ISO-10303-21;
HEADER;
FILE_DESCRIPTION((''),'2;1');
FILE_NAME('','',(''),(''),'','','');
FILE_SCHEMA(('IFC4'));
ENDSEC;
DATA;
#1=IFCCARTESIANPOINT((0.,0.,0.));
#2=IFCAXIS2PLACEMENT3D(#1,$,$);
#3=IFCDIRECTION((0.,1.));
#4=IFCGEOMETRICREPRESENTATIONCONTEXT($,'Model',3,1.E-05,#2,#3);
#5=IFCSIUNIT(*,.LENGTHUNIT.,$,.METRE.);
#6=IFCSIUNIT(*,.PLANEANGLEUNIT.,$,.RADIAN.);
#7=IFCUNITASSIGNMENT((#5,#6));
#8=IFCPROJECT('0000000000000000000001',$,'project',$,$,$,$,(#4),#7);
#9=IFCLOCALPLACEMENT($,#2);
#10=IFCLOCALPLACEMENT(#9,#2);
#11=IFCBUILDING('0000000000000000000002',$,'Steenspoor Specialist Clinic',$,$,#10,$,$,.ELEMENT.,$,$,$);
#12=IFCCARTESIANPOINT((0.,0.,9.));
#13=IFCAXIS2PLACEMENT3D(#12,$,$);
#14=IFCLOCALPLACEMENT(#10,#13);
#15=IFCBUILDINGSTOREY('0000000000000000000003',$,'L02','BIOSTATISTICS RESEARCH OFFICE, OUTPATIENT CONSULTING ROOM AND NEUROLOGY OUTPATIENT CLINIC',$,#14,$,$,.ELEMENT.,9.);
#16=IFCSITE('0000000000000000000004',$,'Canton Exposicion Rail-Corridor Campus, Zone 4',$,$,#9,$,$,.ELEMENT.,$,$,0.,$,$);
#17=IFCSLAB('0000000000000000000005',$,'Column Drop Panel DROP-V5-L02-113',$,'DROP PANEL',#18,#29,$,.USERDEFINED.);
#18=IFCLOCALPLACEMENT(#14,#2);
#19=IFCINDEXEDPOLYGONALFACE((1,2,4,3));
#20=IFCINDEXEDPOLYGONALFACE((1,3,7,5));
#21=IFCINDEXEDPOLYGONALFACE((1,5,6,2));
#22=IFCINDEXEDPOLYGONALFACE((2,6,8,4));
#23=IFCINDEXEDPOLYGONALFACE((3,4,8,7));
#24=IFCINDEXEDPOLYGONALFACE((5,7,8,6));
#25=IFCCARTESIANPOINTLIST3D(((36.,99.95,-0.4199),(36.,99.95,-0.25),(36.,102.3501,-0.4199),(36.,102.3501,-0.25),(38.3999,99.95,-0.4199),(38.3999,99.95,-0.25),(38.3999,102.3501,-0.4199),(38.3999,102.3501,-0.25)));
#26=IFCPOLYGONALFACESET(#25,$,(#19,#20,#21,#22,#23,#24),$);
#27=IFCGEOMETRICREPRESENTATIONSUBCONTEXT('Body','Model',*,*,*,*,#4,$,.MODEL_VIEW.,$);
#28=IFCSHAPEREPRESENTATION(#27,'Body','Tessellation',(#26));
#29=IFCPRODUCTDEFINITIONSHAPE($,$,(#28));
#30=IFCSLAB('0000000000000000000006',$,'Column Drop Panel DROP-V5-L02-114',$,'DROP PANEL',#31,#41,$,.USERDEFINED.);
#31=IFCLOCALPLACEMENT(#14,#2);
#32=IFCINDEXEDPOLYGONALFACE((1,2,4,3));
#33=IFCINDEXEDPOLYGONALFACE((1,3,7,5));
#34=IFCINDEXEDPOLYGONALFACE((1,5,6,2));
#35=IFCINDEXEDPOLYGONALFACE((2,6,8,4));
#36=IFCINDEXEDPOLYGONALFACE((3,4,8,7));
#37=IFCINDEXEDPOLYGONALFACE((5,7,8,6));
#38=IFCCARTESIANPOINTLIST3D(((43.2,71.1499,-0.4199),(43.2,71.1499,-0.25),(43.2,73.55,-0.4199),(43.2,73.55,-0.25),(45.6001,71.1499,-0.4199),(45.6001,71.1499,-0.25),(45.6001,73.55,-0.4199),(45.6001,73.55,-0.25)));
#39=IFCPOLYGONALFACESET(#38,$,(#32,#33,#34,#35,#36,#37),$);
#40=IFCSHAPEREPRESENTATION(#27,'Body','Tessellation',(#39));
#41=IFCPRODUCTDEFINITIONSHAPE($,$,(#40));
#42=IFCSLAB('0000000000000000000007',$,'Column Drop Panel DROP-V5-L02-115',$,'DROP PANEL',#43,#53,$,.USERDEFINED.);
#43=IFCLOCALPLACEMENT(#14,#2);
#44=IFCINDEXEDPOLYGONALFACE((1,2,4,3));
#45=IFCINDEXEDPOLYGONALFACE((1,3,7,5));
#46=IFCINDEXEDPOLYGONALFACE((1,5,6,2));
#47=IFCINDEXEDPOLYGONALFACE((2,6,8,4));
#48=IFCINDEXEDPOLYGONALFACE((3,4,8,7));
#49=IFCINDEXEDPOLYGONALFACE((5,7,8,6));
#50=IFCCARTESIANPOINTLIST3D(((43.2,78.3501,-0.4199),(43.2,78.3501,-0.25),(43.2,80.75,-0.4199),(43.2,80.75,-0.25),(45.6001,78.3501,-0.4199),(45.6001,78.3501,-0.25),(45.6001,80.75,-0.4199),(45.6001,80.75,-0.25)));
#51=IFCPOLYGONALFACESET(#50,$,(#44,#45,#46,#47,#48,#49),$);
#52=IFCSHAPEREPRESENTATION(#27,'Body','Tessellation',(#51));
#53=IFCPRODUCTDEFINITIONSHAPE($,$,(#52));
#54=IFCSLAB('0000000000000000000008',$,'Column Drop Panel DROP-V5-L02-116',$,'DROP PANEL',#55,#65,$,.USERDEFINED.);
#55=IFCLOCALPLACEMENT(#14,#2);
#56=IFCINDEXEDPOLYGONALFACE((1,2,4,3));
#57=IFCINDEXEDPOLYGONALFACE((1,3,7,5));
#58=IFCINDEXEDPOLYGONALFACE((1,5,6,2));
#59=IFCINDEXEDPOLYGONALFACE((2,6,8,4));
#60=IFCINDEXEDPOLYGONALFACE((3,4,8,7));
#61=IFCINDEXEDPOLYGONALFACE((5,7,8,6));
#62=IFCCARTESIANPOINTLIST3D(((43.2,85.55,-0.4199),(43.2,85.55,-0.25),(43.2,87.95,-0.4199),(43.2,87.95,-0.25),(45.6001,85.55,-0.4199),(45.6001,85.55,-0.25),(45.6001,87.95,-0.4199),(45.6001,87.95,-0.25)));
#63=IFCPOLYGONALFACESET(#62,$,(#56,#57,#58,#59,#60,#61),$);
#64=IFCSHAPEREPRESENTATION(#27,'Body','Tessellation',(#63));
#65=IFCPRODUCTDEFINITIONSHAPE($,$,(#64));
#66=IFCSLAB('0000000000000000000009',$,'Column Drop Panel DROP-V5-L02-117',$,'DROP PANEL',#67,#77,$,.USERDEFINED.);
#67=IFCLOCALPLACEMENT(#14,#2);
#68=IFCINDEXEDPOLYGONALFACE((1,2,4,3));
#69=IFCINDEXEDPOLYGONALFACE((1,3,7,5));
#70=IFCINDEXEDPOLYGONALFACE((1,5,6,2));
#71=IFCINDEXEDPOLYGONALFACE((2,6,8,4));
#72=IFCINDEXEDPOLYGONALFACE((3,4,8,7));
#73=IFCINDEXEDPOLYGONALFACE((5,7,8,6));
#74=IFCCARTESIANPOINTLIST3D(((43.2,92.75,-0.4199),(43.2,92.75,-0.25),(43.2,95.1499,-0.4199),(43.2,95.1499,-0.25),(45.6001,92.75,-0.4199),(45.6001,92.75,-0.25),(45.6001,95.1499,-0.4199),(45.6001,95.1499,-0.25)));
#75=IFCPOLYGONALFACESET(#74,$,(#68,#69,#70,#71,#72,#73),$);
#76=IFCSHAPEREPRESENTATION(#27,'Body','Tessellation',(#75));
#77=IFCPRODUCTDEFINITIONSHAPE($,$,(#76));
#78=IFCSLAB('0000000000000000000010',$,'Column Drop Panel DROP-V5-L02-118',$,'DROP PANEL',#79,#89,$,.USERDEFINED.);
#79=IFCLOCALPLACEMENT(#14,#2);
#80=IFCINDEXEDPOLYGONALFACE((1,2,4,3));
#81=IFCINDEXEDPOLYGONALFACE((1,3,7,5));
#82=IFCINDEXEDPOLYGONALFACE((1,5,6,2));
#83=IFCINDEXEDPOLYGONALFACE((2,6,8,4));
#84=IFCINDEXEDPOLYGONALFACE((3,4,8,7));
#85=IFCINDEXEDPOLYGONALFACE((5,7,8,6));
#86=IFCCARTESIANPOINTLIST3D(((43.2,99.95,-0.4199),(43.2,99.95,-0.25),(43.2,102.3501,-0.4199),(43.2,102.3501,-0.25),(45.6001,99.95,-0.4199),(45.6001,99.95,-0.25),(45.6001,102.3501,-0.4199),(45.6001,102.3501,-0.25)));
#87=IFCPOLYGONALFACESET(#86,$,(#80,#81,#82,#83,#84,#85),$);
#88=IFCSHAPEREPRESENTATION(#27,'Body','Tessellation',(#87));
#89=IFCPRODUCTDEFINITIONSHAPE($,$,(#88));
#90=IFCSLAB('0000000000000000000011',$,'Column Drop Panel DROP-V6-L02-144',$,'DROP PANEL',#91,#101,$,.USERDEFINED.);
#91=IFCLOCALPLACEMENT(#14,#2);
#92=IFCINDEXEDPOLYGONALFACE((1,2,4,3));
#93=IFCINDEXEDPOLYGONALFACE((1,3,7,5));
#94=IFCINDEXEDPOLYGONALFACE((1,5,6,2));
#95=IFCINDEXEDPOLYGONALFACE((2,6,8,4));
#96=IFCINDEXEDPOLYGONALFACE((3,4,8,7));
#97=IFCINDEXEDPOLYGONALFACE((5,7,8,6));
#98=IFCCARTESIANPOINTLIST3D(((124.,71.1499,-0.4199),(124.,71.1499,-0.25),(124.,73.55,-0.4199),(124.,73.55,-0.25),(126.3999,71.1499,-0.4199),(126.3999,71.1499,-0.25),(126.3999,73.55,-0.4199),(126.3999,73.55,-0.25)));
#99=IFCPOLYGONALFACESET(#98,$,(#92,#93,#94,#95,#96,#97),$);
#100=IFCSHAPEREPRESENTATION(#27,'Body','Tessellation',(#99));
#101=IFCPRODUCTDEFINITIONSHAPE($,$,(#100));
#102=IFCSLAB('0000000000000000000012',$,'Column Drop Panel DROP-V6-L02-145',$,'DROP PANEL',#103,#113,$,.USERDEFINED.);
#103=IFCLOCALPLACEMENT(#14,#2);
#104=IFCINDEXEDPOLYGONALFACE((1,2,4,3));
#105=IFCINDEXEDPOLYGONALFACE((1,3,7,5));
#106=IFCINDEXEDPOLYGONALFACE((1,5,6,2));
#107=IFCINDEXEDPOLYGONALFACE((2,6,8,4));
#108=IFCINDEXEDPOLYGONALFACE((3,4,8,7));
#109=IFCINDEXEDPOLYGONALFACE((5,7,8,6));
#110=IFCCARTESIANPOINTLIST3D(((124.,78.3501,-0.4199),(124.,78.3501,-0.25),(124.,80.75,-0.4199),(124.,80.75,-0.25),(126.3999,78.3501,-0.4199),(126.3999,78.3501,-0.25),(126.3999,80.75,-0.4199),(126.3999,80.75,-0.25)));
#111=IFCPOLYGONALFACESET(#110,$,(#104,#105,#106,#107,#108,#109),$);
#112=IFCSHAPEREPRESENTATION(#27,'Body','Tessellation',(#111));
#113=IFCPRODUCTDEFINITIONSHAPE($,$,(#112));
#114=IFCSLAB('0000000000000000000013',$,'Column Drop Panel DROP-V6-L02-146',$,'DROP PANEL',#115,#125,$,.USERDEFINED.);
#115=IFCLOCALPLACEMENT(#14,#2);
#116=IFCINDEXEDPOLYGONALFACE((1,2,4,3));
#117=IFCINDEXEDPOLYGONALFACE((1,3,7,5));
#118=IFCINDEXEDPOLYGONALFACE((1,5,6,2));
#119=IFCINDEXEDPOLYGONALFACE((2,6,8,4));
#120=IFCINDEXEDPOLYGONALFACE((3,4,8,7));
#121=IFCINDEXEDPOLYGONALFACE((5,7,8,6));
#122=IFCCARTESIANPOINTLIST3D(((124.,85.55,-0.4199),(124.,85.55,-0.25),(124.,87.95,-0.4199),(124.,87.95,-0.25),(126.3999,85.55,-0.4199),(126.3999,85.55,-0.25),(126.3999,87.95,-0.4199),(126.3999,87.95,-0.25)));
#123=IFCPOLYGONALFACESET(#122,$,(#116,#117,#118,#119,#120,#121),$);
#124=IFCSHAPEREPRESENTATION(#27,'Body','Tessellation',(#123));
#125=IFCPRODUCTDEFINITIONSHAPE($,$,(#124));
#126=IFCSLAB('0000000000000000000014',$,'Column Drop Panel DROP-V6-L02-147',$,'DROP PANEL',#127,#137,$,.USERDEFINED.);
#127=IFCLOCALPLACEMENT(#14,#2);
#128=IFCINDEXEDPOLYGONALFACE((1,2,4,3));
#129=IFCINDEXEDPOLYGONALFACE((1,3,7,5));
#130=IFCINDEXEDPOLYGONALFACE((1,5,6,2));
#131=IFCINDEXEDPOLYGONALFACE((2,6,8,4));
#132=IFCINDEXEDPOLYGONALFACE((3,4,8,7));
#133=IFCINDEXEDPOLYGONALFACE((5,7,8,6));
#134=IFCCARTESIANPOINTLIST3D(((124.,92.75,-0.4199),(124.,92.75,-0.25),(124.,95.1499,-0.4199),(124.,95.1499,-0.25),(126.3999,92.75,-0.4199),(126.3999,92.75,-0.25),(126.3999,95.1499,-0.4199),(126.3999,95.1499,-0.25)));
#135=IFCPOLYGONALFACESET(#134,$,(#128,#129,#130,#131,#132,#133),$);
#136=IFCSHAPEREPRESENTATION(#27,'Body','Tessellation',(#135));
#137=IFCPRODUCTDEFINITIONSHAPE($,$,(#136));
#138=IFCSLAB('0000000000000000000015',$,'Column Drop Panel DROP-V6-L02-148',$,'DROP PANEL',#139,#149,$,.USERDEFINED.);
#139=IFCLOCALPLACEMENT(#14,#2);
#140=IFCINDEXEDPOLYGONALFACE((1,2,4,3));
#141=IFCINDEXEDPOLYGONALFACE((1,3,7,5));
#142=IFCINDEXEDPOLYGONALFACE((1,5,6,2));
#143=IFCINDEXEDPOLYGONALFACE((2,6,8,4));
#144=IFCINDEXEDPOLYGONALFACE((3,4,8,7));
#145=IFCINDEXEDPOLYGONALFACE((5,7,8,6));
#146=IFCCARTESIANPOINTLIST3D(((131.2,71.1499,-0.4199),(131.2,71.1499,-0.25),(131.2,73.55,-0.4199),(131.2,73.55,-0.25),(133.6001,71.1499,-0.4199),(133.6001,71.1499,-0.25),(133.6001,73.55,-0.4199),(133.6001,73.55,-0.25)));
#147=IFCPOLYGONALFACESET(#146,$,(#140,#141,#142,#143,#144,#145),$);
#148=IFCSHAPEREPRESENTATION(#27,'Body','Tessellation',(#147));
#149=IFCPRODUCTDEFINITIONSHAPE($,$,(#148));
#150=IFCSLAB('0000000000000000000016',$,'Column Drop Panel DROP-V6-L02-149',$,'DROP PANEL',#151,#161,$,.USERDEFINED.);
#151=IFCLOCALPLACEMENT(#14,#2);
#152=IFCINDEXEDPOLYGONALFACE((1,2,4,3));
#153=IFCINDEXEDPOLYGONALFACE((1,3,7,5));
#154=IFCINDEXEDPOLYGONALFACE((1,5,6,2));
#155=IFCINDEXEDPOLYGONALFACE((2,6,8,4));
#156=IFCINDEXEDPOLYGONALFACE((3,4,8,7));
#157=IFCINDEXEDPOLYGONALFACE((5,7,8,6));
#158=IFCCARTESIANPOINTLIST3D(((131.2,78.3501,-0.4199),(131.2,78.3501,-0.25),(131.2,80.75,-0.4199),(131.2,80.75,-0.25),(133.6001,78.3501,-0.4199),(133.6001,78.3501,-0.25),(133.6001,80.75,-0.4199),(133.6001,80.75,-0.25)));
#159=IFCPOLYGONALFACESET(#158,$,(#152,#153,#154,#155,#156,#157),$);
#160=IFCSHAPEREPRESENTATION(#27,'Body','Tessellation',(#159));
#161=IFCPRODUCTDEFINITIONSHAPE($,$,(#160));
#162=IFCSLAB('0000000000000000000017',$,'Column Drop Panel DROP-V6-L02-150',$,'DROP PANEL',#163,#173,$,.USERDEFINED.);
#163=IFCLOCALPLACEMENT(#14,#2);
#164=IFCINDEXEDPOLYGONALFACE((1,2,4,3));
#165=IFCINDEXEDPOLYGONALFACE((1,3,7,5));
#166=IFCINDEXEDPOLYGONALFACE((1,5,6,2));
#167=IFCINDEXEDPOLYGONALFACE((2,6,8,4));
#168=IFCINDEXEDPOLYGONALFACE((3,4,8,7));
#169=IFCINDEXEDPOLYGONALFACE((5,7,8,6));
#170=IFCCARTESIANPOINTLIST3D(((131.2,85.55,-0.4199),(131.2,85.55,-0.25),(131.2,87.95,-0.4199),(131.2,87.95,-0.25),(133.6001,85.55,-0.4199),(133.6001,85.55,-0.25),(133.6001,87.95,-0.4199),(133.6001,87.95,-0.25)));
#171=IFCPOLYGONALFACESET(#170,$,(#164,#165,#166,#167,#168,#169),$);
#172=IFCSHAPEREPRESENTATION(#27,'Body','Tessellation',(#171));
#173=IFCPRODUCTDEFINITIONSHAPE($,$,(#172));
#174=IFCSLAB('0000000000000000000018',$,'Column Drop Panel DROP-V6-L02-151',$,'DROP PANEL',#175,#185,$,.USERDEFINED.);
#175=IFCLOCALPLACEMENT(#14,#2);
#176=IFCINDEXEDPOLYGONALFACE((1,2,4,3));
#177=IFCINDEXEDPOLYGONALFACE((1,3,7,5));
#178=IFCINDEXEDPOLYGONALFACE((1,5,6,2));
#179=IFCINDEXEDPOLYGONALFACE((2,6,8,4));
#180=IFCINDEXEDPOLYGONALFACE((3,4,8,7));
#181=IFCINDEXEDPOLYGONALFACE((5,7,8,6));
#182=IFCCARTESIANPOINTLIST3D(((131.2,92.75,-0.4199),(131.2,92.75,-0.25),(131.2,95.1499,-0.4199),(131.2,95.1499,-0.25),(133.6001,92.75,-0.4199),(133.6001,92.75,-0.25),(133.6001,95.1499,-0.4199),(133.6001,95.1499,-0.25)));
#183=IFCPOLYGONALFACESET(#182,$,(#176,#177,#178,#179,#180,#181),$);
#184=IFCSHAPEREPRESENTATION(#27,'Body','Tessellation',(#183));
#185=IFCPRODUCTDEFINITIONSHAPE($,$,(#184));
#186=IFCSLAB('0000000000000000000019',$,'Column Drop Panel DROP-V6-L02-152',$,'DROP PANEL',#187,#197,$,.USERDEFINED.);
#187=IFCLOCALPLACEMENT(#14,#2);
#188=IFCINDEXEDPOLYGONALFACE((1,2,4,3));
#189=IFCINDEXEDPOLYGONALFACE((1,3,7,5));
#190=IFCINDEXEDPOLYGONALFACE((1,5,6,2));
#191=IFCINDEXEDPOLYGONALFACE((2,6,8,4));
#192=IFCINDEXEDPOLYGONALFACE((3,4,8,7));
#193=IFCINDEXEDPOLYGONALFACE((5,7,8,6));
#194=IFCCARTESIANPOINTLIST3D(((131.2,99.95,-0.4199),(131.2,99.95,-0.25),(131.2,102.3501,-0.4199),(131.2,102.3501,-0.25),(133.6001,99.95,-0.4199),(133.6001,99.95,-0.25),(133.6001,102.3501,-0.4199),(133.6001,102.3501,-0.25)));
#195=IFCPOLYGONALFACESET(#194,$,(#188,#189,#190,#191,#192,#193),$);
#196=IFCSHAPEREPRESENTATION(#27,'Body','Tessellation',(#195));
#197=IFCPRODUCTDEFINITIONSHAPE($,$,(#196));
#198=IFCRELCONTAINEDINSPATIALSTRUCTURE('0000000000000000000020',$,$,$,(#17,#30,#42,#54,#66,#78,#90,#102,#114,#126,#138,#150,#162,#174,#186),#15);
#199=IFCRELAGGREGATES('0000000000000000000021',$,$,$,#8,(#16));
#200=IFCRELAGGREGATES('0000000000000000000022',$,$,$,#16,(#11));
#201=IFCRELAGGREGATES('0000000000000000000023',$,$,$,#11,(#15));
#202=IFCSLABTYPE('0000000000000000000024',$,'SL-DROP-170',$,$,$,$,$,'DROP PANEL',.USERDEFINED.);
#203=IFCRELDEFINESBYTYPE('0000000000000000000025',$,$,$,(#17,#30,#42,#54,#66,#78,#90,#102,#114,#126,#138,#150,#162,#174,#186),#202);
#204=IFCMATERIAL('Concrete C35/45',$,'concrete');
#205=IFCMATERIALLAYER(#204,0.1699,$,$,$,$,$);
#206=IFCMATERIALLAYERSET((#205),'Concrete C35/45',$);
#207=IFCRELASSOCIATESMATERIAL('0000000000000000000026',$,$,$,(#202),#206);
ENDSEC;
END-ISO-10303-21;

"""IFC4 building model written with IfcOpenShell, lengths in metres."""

from ifc_helpers import new_model, si_unit, direction, frame, origin, place, context, subcontext, project, spatial, polyline, outline, extrude, material, layer, layer_set, type_object, element, save


model = new_model("IFC4")

# Units and contexts
model_context = context("Model", 3, precision=1e-05, world=origin(), true_north=direction((0.0, 1.0)))
body_context = subcontext(model_context, "Body", "Model", "MODEL_VIEW")
ifc_project = project(units=[si_unit("LENGTHUNIT", "METRE"), si_unit("PLANEANGLEUNIT", "RADIAN")], contexts=[model_context])

# Site, building, storey
site_placement = place(None, origin())
site = spatial("IfcSite", under=ifc_project, at=site_placement, Name="Canton Exposicion Rail-Corridor Campus, Zone 4", CompositionType="ELEMENT", RefElevation=0.0)
building_placement = place(site_placement, origin())
building = spatial("IfcBuilding", under=site, at=building_placement, Name="Steenspoor Specialist Clinic", CompositionType="ELEMENT")
storey_placement = place(building_placement, frame((0.0, 0.0, 9.0)))
storey = spatial("IfcBuildingStorey", under=building, at=storey_placement, Name="L02", Description="BIOSTATISTICS RESEARCH OFFICE, OUTPATIENT CONSULTING ROOM AND NEUROLOGY OUTPATIENT CLINIC", CompositionType="ELEMENT", Elevation=9.0)

# Slabs
ifc_material = material(Name="Concrete C35/45", Category="concrete")
ifc_layer_1 = layer(ifc_material, 0.1699)
ifc_layer_set_1 = layer_set([ifc_layer_1], Name="Concrete C35/45")
slab_type_1 = type_object("IfcSlabType", Name="SL-DROP-170", ElementType="DROP PANEL", PredefinedType="USERDEFINED", material=ifc_layer_set_1)
slab_1_placement = place(storey_placement, frame((0.0, 0.0, -0.4199)))
element("IfcSlab", 1, at=slab_1_placement, inside=storey, type_object=slab_type_1, Name="Column Drop Panel DROP-V5-L02-113", ObjectType="DROP PANEL", PredefinedType="USERDEFINED", context=body_context, shape_type="SweptSolid", body=[
    extrude(outline(polyline([(38.3999, 99.95), (38.3999, 102.3501), (36.0, 102.3501), (36.0, 99.95), (38.3999, 99.95)])), origin(), (0.0, 0.0, 1.0), 0.1699),
])
slab_2_placement = place(storey_placement, frame((0.0, 0.0, -0.4199)))
element("IfcSlab", 2, at=slab_2_placement, inside=storey, type_object=slab_type_1, Name="Column Drop Panel DROP-V5-L02-114", ObjectType="DROP PANEL", PredefinedType="USERDEFINED", context=body_context, shape_type="SweptSolid", body=[
    extrude(outline(polyline([(45.6001, 71.1499), (45.6001, 73.55), (43.2, 73.55), (43.2, 71.1499), (45.6001, 71.1499)])), origin(), (0.0, 0.0, 1.0), 0.1699),
])
slab_3_placement = place(storey_placement, frame((0.0, 0.0, -0.4199)))
element("IfcSlab", 3, at=slab_3_placement, inside=storey, type_object=slab_type_1, Name="Column Drop Panel DROP-V5-L02-115", ObjectType="DROP PANEL", PredefinedType="USERDEFINED", context=body_context, shape_type="SweptSolid", body=[
    extrude(outline(polyline([(45.6001, 78.3501), (45.6001, 80.75), (43.2, 80.75), (43.2, 78.3501), (45.6001, 78.3501)])), origin(), (0.0, 0.0, 1.0), 0.1699),
])
slab_4_placement = place(storey_placement, frame((0.0, 0.0, -0.4199)))
element("IfcSlab", 4, at=slab_4_placement, inside=storey, type_object=slab_type_1, Name="Column Drop Panel DROP-V5-L02-116", ObjectType="DROP PANEL", PredefinedType="USERDEFINED", context=body_context, shape_type="SweptSolid", body=[
    extrude(outline(polyline([(45.6001, 85.55), (45.6001, 87.95), (43.2, 87.95), (43.2, 85.55), (45.6001, 85.55)])), origin(), (0.0, 0.0, 1.0), 0.1699),
])
slab_5_placement = place(storey_placement, frame((0.0, 0.0, -0.4199)))
element("IfcSlab", 5, at=slab_5_placement, inside=storey, type_object=slab_type_1, Name="Column Drop Panel DROP-V5-L02-117", ObjectType="DROP PANEL", PredefinedType="USERDEFINED", context=body_context, shape_type="SweptSolid", body=[
    extrude(outline(polyline([(45.6001, 92.75), (45.6001, 95.1499), (43.2, 95.1499), (43.2, 92.75), (45.6001, 92.75)])), origin(), (0.0, 0.0, 1.0), 0.1699),
])
slab_6_placement = place(storey_placement, frame((0.0, 0.0, -0.4199)))
element("IfcSlab", 6, at=slab_6_placement, inside=storey, type_object=slab_type_1, Name="Column Drop Panel DROP-V5-L02-118", ObjectType="DROP PANEL", PredefinedType="USERDEFINED", context=body_context, shape_type="SweptSolid", body=[
    extrude(outline(polyline([(45.6001, 99.95), (45.6001, 102.3501), (43.2, 102.3501), (43.2, 99.95), (45.6001, 99.95)])), origin(), (0.0, 0.0, 1.0), 0.1699),
])
slab_7_placement = place(storey_placement, frame((0.0, 0.0, -0.4199)))
element("IfcSlab", 7, at=slab_7_placement, inside=storey, type_object=slab_type_1, Name="Column Drop Panel DROP-V6-L02-144", ObjectType="DROP PANEL", PredefinedType="USERDEFINED", context=body_context, shape_type="SweptSolid", body=[
    extrude(outline(polyline([(126.3999, 71.1499), (126.3999, 73.55), (124.0, 73.55), (124.0, 71.1499), (126.3999, 71.1499)])), origin(), (0.0, 0.0, 1.0), 0.1699),
])
slab_8_placement = place(storey_placement, frame((0.0, 0.0, -0.4199)))
element("IfcSlab", 8, at=slab_8_placement, inside=storey, type_object=slab_type_1, Name="Column Drop Panel DROP-V6-L02-145", ObjectType="DROP PANEL", PredefinedType="USERDEFINED", context=body_context, shape_type="SweptSolid", body=[
    extrude(outline(polyline([(126.3999, 78.3501), (126.3999, 80.75), (124.0, 80.75), (124.0, 78.3501), (126.3999, 78.3501)])), origin(), (0.0, 0.0, 1.0), 0.1699),
])
slab_9_placement = place(storey_placement, frame((0.0, 0.0, -0.4199)))
element("IfcSlab", 9, at=slab_9_placement, inside=storey, type_object=slab_type_1, Name="Column Drop Panel DROP-V6-L02-146", ObjectType="DROP PANEL", PredefinedType="USERDEFINED", context=body_context, shape_type="SweptSolid", body=[
    extrude(outline(polyline([(126.3999, 85.55), (126.3999, 87.95), (124.0, 87.95), (124.0, 85.55), (126.3999, 85.55)])), origin(), (0.0, 0.0, 1.0), 0.1699),
])
slab_10_placement = place(storey_placement, frame((0.0, 0.0, -0.4199)))
element("IfcSlab", 10, at=slab_10_placement, inside=storey, type_object=slab_type_1, Name="Column Drop Panel DROP-V6-L02-147", ObjectType="DROP PANEL", PredefinedType="USERDEFINED", context=body_context, shape_type="SweptSolid", body=[
    extrude(outline(polyline([(126.3999, 92.75), (126.3999, 95.1499), (124.0, 95.1499), (124.0, 92.75), (126.3999, 92.75)])), origin(), (0.0, 0.0, 1.0), 0.1699),
])
slab_11_placement = place(storey_placement, frame((0.0, 0.0, -0.4199)))
element("IfcSlab", 11, at=slab_11_placement, inside=storey, type_object=slab_type_1, Name="Column Drop Panel DROP-V6-L02-148", ObjectType="DROP PANEL", PredefinedType="USERDEFINED", context=body_context, shape_type="SweptSolid", body=[
    extrude(outline(polyline([(133.6001, 71.1499), (133.6001, 73.55), (131.2, 73.55), (131.2, 71.1499), (133.6001, 71.1499)])), origin(), (0.0, 0.0, 1.0), 0.1699),
])
slab_12_placement = place(storey_placement, frame((0.0, 0.0, -0.4199)))
element("IfcSlab", 12, at=slab_12_placement, inside=storey, type_object=slab_type_1, Name="Column Drop Panel DROP-V6-L02-149", ObjectType="DROP PANEL", PredefinedType="USERDEFINED", context=body_context, shape_type="SweptSolid", body=[
    extrude(outline(polyline([(133.6001, 78.3501), (133.6001, 80.75), (131.2, 80.75), (131.2, 78.3501), (133.6001, 78.3501)])), origin(), (0.0, 0.0, 1.0), 0.1699),
])
slab_13_placement = place(storey_placement, frame((0.0, 0.0, -0.4199)))
element("IfcSlab", 13, at=slab_13_placement, inside=storey, type_object=slab_type_1, Name="Column Drop Panel DROP-V6-L02-150", ObjectType="DROP PANEL", PredefinedType="USERDEFINED", context=body_context, shape_type="SweptSolid", body=[
    extrude(outline(polyline([(133.6001, 85.55), (133.6001, 87.95), (131.2, 87.95), (131.2, 85.55), (133.6001, 85.55)])), origin(), (0.0, 0.0, 1.0), 0.1699),
])
slab_14_placement = place(storey_placement, frame((0.0, 0.0, -0.4199)))
element("IfcSlab", 14, at=slab_14_placement, inside=storey, type_object=slab_type_1, Name="Column Drop Panel DROP-V6-L02-151", ObjectType="DROP PANEL", PredefinedType="USERDEFINED", context=body_context, shape_type="SweptSolid", body=[
    extrude(outline(polyline([(133.6001, 92.75), (133.6001, 95.1499), (131.2, 95.1499), (131.2, 92.75), (133.6001, 92.75)])), origin(), (0.0, 0.0, 1.0), 0.1699),
])
slab_15_placement = place(storey_placement, frame((0.0, 0.0, -0.4199)))
element("IfcSlab", 15, at=slab_15_placement, inside=storey, type_object=slab_type_1, Name="Column Drop Panel DROP-V6-L02-152", ObjectType="DROP PANEL", PredefinedType="USERDEFINED", context=body_context, shape_type="SweptSolid", body=[
    extrude(outline(polyline([(133.6001, 99.95), (133.6001, 102.3501), (131.2, 102.3501), (131.2, 99.95), (133.6001, 99.95)])), origin(), (0.0, 0.0, 1.0), 0.1699),
])

save(model, "model.ifc")
